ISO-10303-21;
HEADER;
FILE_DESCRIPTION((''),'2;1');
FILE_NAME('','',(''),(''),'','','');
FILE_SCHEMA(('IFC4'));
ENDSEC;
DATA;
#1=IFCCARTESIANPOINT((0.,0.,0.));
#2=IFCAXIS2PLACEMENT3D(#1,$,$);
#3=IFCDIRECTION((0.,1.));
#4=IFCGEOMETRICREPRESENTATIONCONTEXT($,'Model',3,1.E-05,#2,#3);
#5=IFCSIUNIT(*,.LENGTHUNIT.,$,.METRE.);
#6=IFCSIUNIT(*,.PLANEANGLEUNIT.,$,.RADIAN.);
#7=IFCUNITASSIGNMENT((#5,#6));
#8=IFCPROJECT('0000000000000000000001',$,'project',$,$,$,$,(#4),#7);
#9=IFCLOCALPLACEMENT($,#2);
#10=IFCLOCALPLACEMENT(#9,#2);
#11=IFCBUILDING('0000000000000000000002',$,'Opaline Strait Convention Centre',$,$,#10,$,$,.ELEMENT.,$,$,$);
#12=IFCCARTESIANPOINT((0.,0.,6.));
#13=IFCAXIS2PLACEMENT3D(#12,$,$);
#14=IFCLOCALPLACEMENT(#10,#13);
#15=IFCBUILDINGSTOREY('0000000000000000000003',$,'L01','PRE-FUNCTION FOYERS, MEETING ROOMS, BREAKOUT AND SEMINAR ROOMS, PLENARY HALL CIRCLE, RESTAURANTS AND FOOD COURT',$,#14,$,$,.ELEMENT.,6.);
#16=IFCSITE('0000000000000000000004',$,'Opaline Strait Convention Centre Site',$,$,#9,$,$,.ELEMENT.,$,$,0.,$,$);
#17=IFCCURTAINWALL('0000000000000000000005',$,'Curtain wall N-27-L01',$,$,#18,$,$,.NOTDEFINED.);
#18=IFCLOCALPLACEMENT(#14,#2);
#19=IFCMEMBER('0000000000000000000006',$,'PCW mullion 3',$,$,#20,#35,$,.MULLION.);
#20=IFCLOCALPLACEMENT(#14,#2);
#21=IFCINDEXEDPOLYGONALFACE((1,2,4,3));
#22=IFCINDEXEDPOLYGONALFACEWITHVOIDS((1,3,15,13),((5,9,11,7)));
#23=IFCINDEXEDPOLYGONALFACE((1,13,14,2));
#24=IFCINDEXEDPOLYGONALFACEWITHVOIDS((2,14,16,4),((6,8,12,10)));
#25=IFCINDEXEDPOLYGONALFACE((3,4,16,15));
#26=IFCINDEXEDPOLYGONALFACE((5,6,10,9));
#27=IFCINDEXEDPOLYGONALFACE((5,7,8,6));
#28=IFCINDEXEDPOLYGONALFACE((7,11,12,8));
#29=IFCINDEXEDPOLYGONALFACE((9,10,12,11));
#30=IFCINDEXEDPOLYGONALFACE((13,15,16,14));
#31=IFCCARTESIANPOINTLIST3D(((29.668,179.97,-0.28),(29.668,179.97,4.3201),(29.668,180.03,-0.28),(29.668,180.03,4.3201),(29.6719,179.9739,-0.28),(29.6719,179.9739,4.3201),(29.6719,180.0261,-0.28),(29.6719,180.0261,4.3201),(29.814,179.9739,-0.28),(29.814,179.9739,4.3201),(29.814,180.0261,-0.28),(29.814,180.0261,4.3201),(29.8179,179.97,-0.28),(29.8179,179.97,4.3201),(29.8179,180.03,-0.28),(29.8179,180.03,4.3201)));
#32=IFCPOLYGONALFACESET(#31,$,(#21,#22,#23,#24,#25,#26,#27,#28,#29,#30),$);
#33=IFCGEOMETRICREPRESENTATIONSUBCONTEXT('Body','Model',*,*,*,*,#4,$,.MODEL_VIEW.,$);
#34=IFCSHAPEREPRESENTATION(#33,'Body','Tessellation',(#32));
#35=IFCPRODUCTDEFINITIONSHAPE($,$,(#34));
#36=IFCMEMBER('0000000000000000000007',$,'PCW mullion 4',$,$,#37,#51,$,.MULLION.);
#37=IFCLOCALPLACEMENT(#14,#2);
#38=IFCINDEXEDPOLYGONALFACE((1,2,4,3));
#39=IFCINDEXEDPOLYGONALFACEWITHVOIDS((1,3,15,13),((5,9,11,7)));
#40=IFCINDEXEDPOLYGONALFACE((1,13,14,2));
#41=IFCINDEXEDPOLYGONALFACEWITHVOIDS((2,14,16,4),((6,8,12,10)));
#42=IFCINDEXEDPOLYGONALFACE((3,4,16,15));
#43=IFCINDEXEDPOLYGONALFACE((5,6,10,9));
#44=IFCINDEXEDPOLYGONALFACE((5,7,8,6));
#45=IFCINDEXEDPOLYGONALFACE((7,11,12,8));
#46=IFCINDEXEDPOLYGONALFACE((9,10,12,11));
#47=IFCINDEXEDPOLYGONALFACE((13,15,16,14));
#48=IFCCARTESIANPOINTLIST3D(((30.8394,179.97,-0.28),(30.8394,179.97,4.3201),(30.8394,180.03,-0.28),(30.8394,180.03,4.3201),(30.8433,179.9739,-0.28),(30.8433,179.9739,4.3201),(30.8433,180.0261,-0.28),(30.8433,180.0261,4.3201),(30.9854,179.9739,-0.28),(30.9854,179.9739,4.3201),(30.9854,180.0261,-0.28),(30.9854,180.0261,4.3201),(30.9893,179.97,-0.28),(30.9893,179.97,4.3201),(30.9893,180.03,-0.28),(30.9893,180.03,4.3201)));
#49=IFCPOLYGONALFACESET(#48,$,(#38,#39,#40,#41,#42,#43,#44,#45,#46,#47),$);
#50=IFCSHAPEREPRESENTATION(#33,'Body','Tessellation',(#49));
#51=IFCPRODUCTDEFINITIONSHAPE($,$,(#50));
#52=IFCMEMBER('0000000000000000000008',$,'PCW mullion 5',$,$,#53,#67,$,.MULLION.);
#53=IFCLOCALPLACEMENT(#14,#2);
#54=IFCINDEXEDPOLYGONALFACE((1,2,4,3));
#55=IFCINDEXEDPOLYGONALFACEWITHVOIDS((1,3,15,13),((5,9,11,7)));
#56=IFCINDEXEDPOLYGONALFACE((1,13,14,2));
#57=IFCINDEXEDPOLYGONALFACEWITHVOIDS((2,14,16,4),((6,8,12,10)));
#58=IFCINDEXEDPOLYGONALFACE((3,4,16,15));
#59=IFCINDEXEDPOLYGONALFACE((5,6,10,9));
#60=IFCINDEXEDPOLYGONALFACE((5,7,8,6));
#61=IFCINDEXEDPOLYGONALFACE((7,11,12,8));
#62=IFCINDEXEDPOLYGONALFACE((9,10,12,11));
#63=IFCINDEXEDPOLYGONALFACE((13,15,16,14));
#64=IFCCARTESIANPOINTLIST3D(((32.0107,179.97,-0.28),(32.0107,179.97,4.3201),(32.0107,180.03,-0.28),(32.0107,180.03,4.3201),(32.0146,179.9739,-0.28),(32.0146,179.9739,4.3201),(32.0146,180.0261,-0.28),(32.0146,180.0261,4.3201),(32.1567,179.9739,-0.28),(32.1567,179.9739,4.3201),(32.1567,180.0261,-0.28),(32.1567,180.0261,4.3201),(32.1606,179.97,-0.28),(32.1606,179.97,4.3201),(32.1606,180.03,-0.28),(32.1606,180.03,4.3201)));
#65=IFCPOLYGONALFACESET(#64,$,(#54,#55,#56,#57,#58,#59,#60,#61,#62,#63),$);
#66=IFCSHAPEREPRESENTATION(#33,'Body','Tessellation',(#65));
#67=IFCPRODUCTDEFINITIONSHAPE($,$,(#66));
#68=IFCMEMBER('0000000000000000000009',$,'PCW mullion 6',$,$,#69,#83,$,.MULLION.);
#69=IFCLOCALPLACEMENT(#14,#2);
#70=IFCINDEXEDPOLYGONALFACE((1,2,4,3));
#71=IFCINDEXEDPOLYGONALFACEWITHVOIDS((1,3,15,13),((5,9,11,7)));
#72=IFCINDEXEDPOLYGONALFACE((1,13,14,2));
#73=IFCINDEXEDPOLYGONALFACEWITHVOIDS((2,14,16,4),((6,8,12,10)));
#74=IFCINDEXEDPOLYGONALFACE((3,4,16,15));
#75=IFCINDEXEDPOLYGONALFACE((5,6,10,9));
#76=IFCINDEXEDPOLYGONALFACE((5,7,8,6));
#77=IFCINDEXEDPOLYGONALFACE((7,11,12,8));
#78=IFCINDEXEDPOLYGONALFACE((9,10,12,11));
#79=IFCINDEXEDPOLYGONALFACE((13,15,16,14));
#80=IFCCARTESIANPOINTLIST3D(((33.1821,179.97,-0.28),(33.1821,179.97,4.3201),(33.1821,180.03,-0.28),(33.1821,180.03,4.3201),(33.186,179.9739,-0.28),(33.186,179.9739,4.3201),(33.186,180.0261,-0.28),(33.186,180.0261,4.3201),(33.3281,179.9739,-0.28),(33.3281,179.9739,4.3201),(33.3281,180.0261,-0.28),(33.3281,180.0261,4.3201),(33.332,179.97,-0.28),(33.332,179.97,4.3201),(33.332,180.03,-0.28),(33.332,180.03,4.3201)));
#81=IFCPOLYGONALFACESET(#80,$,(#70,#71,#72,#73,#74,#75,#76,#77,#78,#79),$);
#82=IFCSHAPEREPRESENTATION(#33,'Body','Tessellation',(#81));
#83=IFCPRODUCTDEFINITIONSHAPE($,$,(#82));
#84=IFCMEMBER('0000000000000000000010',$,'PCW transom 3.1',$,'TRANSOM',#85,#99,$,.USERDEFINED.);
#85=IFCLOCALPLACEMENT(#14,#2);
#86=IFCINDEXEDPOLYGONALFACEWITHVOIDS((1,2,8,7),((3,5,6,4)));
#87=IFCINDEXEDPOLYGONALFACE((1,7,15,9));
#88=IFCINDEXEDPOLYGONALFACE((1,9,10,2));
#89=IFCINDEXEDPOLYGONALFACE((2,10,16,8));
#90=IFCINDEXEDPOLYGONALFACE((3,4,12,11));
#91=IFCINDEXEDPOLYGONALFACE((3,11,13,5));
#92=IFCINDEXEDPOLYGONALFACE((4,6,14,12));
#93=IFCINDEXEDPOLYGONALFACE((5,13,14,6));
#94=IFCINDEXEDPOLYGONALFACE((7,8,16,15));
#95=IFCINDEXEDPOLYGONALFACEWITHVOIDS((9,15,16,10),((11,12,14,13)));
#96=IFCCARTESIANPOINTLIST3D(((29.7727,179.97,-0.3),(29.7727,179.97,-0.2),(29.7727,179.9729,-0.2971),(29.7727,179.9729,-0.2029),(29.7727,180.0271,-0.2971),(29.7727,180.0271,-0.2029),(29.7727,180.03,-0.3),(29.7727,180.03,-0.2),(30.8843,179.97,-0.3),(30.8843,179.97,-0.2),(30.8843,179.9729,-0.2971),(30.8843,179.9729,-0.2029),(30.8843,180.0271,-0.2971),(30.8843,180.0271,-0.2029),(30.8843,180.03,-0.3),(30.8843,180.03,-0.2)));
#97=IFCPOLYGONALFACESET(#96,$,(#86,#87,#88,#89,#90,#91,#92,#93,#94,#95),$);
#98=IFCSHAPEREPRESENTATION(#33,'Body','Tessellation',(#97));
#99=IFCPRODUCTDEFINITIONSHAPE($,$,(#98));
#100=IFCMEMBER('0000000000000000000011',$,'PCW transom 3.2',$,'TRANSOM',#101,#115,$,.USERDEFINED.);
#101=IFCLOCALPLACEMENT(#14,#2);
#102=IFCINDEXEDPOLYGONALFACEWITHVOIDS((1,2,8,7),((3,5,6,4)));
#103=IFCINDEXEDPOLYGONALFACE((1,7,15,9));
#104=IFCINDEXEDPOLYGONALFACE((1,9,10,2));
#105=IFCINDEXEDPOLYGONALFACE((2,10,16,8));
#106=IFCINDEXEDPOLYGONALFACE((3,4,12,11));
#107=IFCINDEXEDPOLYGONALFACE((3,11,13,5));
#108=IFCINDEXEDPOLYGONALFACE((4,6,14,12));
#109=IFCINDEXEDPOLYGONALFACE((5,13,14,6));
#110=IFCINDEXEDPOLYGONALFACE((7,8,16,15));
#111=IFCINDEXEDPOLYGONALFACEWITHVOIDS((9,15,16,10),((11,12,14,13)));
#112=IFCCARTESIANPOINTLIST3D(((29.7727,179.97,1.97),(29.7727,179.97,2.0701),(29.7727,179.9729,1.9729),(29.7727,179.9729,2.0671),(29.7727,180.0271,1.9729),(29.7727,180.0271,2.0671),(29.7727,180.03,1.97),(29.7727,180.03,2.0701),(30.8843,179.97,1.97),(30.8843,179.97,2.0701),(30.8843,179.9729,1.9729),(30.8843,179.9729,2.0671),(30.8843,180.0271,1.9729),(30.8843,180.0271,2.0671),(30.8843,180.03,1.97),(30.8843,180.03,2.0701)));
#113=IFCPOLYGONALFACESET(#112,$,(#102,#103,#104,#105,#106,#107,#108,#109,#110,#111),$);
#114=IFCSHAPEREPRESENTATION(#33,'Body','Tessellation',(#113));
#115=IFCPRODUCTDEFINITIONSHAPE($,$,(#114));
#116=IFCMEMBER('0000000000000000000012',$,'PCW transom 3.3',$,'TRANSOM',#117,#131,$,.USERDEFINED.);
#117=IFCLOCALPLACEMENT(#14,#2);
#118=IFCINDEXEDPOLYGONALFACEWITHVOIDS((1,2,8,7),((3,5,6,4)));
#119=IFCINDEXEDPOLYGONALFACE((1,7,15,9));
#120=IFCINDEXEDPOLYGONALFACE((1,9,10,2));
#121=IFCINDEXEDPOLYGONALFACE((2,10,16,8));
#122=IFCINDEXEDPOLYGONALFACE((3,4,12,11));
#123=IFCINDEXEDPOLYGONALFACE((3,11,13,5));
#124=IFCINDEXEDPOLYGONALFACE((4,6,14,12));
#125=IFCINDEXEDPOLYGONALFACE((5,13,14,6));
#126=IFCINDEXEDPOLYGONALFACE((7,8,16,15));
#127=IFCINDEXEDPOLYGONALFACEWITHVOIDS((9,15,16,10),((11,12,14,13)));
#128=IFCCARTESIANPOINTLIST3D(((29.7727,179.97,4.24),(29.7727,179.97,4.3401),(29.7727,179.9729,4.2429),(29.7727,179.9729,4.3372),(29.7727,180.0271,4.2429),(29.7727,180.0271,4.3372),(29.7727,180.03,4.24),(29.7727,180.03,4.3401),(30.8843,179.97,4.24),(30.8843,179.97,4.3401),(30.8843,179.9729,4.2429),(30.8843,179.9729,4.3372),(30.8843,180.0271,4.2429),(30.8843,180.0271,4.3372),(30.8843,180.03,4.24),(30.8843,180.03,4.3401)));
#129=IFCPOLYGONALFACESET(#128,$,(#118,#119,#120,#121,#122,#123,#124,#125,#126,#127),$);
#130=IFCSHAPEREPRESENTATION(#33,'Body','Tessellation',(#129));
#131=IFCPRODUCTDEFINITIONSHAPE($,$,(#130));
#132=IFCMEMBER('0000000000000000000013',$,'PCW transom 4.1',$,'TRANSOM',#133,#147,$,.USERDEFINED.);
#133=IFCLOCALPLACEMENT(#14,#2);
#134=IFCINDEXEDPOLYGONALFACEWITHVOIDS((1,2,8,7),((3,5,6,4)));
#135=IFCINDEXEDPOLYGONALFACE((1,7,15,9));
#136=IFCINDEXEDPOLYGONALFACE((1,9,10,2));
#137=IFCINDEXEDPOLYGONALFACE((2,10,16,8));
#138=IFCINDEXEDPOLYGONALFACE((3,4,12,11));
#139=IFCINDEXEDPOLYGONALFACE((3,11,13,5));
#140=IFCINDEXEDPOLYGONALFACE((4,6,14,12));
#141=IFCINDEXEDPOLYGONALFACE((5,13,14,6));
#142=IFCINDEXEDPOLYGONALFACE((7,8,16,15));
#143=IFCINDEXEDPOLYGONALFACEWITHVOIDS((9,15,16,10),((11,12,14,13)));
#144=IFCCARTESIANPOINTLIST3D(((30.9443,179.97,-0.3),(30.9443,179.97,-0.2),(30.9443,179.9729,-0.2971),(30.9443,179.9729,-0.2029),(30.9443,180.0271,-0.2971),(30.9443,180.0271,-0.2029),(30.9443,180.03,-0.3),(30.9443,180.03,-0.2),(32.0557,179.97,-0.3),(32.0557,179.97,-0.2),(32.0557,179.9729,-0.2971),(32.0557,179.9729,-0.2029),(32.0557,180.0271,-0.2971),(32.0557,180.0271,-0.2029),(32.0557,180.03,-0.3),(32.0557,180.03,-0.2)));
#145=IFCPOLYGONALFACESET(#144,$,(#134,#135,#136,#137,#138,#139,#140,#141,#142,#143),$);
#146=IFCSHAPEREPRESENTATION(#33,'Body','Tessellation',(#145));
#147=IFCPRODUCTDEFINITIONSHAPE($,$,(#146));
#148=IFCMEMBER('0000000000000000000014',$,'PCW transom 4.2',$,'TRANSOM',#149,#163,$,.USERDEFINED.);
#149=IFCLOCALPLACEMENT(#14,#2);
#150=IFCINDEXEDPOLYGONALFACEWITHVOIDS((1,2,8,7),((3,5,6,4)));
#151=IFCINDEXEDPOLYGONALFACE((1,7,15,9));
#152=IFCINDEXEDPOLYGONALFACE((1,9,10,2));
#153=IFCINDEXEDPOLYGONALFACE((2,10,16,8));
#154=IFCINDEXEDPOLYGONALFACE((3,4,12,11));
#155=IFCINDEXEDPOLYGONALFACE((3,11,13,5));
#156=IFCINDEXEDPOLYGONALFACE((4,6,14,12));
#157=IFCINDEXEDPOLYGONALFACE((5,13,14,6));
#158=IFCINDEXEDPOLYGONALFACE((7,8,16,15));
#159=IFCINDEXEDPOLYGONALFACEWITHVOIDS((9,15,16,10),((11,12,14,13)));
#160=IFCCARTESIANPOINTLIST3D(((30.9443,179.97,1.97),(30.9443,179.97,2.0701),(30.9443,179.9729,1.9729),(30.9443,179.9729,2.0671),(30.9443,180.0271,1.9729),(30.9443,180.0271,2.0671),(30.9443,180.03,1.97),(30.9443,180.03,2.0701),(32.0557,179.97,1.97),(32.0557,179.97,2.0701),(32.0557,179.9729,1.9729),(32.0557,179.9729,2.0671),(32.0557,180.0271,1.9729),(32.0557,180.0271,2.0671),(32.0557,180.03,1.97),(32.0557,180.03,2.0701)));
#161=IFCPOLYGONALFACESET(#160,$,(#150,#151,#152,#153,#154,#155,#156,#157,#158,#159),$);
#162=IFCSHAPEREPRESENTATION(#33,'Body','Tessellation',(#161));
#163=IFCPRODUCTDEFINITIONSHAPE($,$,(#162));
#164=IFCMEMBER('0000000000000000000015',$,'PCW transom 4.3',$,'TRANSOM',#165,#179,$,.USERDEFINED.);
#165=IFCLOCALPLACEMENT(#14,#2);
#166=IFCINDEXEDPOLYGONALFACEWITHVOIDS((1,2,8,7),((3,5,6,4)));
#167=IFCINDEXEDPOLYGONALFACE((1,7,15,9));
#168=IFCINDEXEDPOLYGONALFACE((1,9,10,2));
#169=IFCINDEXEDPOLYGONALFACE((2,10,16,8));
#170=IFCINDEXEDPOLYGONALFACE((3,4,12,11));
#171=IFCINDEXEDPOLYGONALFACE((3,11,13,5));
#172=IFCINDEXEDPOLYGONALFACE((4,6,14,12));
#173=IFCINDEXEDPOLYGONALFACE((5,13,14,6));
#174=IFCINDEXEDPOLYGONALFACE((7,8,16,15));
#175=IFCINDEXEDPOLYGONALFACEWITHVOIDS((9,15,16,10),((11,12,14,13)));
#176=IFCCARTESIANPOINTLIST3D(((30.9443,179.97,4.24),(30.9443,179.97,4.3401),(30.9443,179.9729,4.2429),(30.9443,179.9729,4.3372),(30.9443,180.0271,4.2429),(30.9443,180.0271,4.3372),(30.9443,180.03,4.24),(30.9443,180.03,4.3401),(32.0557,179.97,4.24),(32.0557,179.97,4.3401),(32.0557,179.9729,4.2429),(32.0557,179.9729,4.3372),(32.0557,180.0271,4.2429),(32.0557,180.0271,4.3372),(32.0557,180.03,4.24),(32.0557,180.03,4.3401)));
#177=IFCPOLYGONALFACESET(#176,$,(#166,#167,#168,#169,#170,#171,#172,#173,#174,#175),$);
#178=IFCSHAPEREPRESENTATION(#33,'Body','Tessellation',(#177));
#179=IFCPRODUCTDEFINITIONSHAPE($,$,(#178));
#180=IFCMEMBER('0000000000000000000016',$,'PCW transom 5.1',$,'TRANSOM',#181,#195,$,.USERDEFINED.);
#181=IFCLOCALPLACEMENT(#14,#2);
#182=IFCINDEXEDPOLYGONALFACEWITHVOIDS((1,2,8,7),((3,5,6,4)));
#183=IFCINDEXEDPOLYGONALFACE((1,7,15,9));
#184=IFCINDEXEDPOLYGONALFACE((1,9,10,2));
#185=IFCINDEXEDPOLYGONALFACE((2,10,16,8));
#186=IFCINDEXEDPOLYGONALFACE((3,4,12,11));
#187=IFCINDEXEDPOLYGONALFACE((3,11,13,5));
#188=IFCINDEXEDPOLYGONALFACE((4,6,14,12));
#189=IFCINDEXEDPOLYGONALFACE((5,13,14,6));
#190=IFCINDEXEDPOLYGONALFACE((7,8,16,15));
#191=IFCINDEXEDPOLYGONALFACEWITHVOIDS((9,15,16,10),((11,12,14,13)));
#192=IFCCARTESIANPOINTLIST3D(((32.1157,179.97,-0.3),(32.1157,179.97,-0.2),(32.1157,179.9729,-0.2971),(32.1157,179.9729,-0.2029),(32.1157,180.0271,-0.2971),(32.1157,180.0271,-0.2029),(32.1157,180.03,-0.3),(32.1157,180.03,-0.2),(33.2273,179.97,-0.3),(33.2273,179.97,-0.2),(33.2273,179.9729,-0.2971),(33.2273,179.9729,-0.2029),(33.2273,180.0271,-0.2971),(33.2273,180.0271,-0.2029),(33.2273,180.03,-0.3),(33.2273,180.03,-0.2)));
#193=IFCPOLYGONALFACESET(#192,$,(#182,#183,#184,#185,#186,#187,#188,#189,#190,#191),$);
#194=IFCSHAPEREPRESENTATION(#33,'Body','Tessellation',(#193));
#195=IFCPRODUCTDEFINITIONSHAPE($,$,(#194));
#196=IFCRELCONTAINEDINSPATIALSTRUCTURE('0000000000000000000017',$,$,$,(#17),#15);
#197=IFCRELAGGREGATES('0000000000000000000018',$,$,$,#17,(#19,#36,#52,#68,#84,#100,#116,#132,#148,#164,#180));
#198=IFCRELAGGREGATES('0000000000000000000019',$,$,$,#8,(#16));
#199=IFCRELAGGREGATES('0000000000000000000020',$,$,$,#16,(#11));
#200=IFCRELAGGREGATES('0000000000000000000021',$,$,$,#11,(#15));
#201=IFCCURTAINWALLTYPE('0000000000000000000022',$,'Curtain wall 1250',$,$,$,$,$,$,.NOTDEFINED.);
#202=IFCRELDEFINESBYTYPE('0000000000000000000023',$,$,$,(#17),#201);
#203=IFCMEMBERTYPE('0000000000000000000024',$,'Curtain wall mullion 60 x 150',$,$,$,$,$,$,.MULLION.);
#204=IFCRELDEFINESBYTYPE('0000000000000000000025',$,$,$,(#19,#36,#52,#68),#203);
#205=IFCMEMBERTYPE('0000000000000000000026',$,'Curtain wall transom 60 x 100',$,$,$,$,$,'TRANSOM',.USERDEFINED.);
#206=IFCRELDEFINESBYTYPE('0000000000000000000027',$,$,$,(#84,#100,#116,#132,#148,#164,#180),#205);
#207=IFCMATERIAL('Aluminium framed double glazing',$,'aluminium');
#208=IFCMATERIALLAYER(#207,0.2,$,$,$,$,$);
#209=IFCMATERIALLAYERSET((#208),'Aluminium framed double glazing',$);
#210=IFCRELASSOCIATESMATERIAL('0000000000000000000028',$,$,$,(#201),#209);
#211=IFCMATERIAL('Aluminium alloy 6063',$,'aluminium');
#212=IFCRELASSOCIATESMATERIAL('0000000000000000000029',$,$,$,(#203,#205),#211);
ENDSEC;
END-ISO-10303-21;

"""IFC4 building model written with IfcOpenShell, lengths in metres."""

from ifc_helpers import new_model, si_unit, direction, frame, origin, origin_2d, place, context, subcontext, project, spatial, hollow_rectangle, extrude, material, layer, layer_set, material_profile, profile_set, type_object, element, aggregate, save


model = new_model("IFC4")

# Units and contexts
model_context = context("Model", 3, precision=1e-05, world=origin(), true_north=direction((0.0, 1.0)))
body_context = subcontext(model_context, "Body", "Model", "MODEL_VIEW")
ifc_project = project(units=[si_unit("LENGTHUNIT", "METRE"), si_unit("PLANEANGLEUNIT", "RADIAN")], contexts=[model_context])

# Site, building, storey
site_placement = place(None, origin())
site = spatial("IfcSite", under=ifc_project, at=site_placement, Name="Opaline Strait Convention Centre Site", CompositionType="ELEMENT", RefElevation=0.0)
building_placement = place(site_placement, origin())
building = spatial("IfcBuilding", under=site, at=building_placement, Name="Opaline Strait Convention Centre", CompositionType="ELEMENT")
storey_placement = place(building_placement, frame((0.0, 0.0, 6.0)))
storey = spatial("IfcBuildingStorey", under=building, at=storey_placement, Name="L01", Description="PRE-FUNCTION FOYERS, MEETING ROOMS, BREAKOUT AND SEMINAR ROOMS, PLENARY HALL CIRCLE, RESTAURANTS AND FOOD COURT", CompositionType="ELEMENT", Elevation=6.0)

# Curtain wall, members
ifc_material_1 = material(Name="Aluminium framed double glazing", Category="aluminium")
ifc_layer_1 = layer(ifc_material_1, 0.2)
ifc_layer_set_1 = layer_set([ifc_layer_1], Name="Aluminium framed double glazing")
curtain_wall_type = type_object("IfcCurtainWallType", Name="Curtain wall 1250", PredefinedType="NOTDEFINED", material=ifc_layer_set_1)
curtain_wall_placement = place(storey_placement, origin())
curtain_wall = element("IfcCurtainWall", 1, at=curtain_wall_placement, inside=storey, type_object=curtain_wall_type, Name="Curtain wall N-27-L01", PredefinedType="NOTDEFINED")
ifc_material_2 = material(Name="Aluminium alloy 6063", Category="aluminium")
ifc_material_profile_1 = material_profile(ifc_material_2, hollow_rectangle(XDim=0.0601, YDim=0.1499, WallThickness=0.0039, at=origin_2d()), Name="MULLION 60x150x4")
ifc_profile_set_1 = profile_set([ifc_material_profile_1], Name="Aluminium alloy 6063")
member_type_1 = type_object("IfcMemberType", Name="Curtain wall mullion 60 x 150", PredefinedType="MULLION", material=ifc_profile_set_1)
member_1_placement = place(storey_placement, frame((29.7429, 180.0, -0.28), z_axis=(0.0, 0.0, 1.0), x_axis=(0.0, 1.0, 0.0)))
member_1 = element("IfcMember", 2, at=member_1_placement, type_object=member_type_1, Name="PCW mullion 3", PredefinedType="MULLION", context=body_context, shape_type="SweptSolid", body=[
    extrude(hollow_rectangle(XDim=0.0601, YDim=0.1499, WallThickness=0.0039, at=origin_2d()), origin(), (0.0, 0.0, 1.0), 4.6001),
])
member_2_placement = place(storey_placement, frame((30.9143, 180.0, -0.28), z_axis=(0.0, 0.0, 1.0), x_axis=(0.0, 1.0, 0.0)))
member_2 = element("IfcMember", 3, at=member_2_placement, type_object=member_type_1, Name="PCW mullion 4", PredefinedType="MULLION", context=body_context, shape_type="SweptSolid", body=[
    extrude(hollow_rectangle(XDim=0.0601, YDim=0.1499, WallThickness=0.0039, at=origin_2d()), origin(), (0.0, 0.0, 1.0), 4.6001),
])
member_3_placement = place(storey_placement, frame((32.0857, 180.0, -0.28), z_axis=(0.0, 0.0, 1.0), x_axis=(0.0, 1.0, 0.0)))
member_3 = element("IfcMember", 4, at=member_3_placement, type_object=member_type_1, Name="PCW mullion 5", PredefinedType="MULLION", context=body_context, shape_type="SweptSolid", body=[
    extrude(hollow_rectangle(XDim=0.0601, YDim=0.1499, WallThickness=0.0039, at=origin_2d()), origin(), (0.0, 0.0, 1.0), 4.6001),
])
member_4_placement = place(storey_placement, frame((33.2571, 180.0, -0.28), z_axis=(0.0, 0.0, 1.0), x_axis=(0.0, 1.0, 0.0)))
member_4 = element("IfcMember", 5, at=member_4_placement, type_object=member_type_1, Name="PCW mullion 6", PredefinedType="MULLION", context=body_context, shape_type="SweptSolid", body=[
    extrude(hollow_rectangle(XDim=0.0601, YDim=0.1499, WallThickness=0.0039, at=origin_2d()), origin(), (0.0, 0.0, 1.0), 4.6001),
])
ifc_material_profile_2 = material_profile(ifc_material_2, hollow_rectangle(XDim=0.0601, YDim=0.1001, WallThickness=0.0029, at=origin_2d()), Name="TRANSOM 60x100x3")
ifc_profile_set_2 = profile_set([ifc_material_profile_2], Name="Aluminium alloy 6063")
member_type_2 = type_object("IfcMemberType", Name="Curtain wall transom 60 x 100", ElementType="TRANSOM", PredefinedType="USERDEFINED", material=ifc_profile_set_2)
member_5_placement = place(storey_placement, frame((29.7727, 180.0, -0.25), z_axis=(1.0, 0.0, 0.0), x_axis=(0.0, 1.0, 0.0)))
member_5 = element("IfcMember", 6, at=member_5_placement, type_object=member_type_2, Name="PCW transom 3.1", ObjectType="TRANSOM", PredefinedType="USERDEFINED", context=body_context, shape_type="SweptSolid", body=[
    extrude(hollow_rectangle(XDim=0.0601, YDim=0.1001, WallThickness=0.0029, at=origin_2d()), origin(), (0.0, 0.0, 1.0), 1.1116),
])
member_6_placement = place(storey_placement, frame((29.7727, 180.0, 2.02), z_axis=(1.0, 0.0, 0.0), x_axis=(0.0, 1.0, 0.0)))
member_6 = element("IfcMember", 7, at=member_6_placement, type_object=member_type_2, Name="PCW transom 3.2", ObjectType="TRANSOM", PredefinedType="USERDEFINED", context=body_context, shape_type="SweptSolid", body=[
    extrude(hollow_rectangle(XDim=0.0601, YDim=0.1001, WallThickness=0.0029, at=origin_2d()), origin(), (0.0, 0.0, 1.0), 1.1116),
])
member_7_placement = place(storey_placement, frame((29.7727, 180.0, 4.29), z_axis=(1.0, 0.0, 0.0), x_axis=(0.0, 1.0, 0.0)))
member_7 = element("IfcMember", 8, at=member_7_placement, type_object=member_type_2, Name="PCW transom 3.3", ObjectType="TRANSOM", PredefinedType="USERDEFINED", context=body_context, shape_type="SweptSolid", body=[
    extrude(hollow_rectangle(XDim=0.0601, YDim=0.1001, WallThickness=0.0029, at=origin_2d()), origin(), (0.0, 0.0, 1.0), 1.1116),
])
member_8_placement = place(storey_placement, frame((30.9443, 180.0, -0.25), z_axis=(1.0, 0.0, 0.0), x_axis=(0.0, 1.0, 0.0)))
member_8 = element("IfcMember", 9, at=member_8_placement, type_object=member_type_2, Name="PCW transom 4.1", ObjectType="TRANSOM", PredefinedType="USERDEFINED", context=body_context, shape_type="SweptSolid", body=[
    extrude(hollow_rectangle(XDim=0.0601, YDim=0.1001, WallThickness=0.0029, at=origin_2d()), origin(), (0.0, 0.0, 1.0), 1.1113),
])
member_9_placement = place(storey_placement, frame((30.9443, 180.0, 2.02), z_axis=(1.0, 0.0, 0.0), x_axis=(0.0, 1.0, 0.0)))
member_9 = element("IfcMember", 10, at=member_9_placement, type_object=member_type_2, Name="PCW transom 4.2", ObjectType="TRANSOM", PredefinedType="USERDEFINED", context=body_context, shape_type="SweptSolid", body=[
    extrude(hollow_rectangle(XDim=0.0601, YDim=0.1001, WallThickness=0.0029, at=origin_2d()), origin(), (0.0, 0.0, 1.0), 1.1113),
])
member_10_placement = place(storey_placement, frame((30.9443, 180.0, 4.29), z_axis=(1.0, 0.0, 0.0), x_axis=(0.0, 1.0, 0.0)))
member_10 = element("IfcMember", 11, at=member_10_placement, type_object=member_type_2, Name="PCW transom 4.3", ObjectType="TRANSOM", PredefinedType="USERDEFINED", context=body_context, shape_type="SweptSolid", body=[
    extrude(hollow_rectangle(XDim=0.0601, YDim=0.1001, WallThickness=0.0029, at=origin_2d()), origin(), (0.0, 0.0, 1.0), 1.1113),
])
member_11_placement = place(storey_placement, frame((32.1157, 180.0, -0.25), z_axis=(1.0, 0.0, 0.0), x_axis=(0.0, 1.0, 0.0)))
member_11 = element("IfcMember", 12, at=member_11_placement, type_object=member_type_2, Name="PCW transom 5.1", ObjectType="TRANSOM", PredefinedType="USERDEFINED", context=body_context, shape_type="SweptSolid", body=[
    extrude(hollow_rectangle(XDim=0.0601, YDim=0.1001, WallThickness=0.0029, at=origin_2d()), origin(), (0.0, 0.0, 1.0), 1.1116),
])
aggregate(curtain_wall, [member_1, member_2, member_3, member_4, member_5, member_6, member_7, member_8, member_9, member_10, member_11])

save(model, "model.ifc")
